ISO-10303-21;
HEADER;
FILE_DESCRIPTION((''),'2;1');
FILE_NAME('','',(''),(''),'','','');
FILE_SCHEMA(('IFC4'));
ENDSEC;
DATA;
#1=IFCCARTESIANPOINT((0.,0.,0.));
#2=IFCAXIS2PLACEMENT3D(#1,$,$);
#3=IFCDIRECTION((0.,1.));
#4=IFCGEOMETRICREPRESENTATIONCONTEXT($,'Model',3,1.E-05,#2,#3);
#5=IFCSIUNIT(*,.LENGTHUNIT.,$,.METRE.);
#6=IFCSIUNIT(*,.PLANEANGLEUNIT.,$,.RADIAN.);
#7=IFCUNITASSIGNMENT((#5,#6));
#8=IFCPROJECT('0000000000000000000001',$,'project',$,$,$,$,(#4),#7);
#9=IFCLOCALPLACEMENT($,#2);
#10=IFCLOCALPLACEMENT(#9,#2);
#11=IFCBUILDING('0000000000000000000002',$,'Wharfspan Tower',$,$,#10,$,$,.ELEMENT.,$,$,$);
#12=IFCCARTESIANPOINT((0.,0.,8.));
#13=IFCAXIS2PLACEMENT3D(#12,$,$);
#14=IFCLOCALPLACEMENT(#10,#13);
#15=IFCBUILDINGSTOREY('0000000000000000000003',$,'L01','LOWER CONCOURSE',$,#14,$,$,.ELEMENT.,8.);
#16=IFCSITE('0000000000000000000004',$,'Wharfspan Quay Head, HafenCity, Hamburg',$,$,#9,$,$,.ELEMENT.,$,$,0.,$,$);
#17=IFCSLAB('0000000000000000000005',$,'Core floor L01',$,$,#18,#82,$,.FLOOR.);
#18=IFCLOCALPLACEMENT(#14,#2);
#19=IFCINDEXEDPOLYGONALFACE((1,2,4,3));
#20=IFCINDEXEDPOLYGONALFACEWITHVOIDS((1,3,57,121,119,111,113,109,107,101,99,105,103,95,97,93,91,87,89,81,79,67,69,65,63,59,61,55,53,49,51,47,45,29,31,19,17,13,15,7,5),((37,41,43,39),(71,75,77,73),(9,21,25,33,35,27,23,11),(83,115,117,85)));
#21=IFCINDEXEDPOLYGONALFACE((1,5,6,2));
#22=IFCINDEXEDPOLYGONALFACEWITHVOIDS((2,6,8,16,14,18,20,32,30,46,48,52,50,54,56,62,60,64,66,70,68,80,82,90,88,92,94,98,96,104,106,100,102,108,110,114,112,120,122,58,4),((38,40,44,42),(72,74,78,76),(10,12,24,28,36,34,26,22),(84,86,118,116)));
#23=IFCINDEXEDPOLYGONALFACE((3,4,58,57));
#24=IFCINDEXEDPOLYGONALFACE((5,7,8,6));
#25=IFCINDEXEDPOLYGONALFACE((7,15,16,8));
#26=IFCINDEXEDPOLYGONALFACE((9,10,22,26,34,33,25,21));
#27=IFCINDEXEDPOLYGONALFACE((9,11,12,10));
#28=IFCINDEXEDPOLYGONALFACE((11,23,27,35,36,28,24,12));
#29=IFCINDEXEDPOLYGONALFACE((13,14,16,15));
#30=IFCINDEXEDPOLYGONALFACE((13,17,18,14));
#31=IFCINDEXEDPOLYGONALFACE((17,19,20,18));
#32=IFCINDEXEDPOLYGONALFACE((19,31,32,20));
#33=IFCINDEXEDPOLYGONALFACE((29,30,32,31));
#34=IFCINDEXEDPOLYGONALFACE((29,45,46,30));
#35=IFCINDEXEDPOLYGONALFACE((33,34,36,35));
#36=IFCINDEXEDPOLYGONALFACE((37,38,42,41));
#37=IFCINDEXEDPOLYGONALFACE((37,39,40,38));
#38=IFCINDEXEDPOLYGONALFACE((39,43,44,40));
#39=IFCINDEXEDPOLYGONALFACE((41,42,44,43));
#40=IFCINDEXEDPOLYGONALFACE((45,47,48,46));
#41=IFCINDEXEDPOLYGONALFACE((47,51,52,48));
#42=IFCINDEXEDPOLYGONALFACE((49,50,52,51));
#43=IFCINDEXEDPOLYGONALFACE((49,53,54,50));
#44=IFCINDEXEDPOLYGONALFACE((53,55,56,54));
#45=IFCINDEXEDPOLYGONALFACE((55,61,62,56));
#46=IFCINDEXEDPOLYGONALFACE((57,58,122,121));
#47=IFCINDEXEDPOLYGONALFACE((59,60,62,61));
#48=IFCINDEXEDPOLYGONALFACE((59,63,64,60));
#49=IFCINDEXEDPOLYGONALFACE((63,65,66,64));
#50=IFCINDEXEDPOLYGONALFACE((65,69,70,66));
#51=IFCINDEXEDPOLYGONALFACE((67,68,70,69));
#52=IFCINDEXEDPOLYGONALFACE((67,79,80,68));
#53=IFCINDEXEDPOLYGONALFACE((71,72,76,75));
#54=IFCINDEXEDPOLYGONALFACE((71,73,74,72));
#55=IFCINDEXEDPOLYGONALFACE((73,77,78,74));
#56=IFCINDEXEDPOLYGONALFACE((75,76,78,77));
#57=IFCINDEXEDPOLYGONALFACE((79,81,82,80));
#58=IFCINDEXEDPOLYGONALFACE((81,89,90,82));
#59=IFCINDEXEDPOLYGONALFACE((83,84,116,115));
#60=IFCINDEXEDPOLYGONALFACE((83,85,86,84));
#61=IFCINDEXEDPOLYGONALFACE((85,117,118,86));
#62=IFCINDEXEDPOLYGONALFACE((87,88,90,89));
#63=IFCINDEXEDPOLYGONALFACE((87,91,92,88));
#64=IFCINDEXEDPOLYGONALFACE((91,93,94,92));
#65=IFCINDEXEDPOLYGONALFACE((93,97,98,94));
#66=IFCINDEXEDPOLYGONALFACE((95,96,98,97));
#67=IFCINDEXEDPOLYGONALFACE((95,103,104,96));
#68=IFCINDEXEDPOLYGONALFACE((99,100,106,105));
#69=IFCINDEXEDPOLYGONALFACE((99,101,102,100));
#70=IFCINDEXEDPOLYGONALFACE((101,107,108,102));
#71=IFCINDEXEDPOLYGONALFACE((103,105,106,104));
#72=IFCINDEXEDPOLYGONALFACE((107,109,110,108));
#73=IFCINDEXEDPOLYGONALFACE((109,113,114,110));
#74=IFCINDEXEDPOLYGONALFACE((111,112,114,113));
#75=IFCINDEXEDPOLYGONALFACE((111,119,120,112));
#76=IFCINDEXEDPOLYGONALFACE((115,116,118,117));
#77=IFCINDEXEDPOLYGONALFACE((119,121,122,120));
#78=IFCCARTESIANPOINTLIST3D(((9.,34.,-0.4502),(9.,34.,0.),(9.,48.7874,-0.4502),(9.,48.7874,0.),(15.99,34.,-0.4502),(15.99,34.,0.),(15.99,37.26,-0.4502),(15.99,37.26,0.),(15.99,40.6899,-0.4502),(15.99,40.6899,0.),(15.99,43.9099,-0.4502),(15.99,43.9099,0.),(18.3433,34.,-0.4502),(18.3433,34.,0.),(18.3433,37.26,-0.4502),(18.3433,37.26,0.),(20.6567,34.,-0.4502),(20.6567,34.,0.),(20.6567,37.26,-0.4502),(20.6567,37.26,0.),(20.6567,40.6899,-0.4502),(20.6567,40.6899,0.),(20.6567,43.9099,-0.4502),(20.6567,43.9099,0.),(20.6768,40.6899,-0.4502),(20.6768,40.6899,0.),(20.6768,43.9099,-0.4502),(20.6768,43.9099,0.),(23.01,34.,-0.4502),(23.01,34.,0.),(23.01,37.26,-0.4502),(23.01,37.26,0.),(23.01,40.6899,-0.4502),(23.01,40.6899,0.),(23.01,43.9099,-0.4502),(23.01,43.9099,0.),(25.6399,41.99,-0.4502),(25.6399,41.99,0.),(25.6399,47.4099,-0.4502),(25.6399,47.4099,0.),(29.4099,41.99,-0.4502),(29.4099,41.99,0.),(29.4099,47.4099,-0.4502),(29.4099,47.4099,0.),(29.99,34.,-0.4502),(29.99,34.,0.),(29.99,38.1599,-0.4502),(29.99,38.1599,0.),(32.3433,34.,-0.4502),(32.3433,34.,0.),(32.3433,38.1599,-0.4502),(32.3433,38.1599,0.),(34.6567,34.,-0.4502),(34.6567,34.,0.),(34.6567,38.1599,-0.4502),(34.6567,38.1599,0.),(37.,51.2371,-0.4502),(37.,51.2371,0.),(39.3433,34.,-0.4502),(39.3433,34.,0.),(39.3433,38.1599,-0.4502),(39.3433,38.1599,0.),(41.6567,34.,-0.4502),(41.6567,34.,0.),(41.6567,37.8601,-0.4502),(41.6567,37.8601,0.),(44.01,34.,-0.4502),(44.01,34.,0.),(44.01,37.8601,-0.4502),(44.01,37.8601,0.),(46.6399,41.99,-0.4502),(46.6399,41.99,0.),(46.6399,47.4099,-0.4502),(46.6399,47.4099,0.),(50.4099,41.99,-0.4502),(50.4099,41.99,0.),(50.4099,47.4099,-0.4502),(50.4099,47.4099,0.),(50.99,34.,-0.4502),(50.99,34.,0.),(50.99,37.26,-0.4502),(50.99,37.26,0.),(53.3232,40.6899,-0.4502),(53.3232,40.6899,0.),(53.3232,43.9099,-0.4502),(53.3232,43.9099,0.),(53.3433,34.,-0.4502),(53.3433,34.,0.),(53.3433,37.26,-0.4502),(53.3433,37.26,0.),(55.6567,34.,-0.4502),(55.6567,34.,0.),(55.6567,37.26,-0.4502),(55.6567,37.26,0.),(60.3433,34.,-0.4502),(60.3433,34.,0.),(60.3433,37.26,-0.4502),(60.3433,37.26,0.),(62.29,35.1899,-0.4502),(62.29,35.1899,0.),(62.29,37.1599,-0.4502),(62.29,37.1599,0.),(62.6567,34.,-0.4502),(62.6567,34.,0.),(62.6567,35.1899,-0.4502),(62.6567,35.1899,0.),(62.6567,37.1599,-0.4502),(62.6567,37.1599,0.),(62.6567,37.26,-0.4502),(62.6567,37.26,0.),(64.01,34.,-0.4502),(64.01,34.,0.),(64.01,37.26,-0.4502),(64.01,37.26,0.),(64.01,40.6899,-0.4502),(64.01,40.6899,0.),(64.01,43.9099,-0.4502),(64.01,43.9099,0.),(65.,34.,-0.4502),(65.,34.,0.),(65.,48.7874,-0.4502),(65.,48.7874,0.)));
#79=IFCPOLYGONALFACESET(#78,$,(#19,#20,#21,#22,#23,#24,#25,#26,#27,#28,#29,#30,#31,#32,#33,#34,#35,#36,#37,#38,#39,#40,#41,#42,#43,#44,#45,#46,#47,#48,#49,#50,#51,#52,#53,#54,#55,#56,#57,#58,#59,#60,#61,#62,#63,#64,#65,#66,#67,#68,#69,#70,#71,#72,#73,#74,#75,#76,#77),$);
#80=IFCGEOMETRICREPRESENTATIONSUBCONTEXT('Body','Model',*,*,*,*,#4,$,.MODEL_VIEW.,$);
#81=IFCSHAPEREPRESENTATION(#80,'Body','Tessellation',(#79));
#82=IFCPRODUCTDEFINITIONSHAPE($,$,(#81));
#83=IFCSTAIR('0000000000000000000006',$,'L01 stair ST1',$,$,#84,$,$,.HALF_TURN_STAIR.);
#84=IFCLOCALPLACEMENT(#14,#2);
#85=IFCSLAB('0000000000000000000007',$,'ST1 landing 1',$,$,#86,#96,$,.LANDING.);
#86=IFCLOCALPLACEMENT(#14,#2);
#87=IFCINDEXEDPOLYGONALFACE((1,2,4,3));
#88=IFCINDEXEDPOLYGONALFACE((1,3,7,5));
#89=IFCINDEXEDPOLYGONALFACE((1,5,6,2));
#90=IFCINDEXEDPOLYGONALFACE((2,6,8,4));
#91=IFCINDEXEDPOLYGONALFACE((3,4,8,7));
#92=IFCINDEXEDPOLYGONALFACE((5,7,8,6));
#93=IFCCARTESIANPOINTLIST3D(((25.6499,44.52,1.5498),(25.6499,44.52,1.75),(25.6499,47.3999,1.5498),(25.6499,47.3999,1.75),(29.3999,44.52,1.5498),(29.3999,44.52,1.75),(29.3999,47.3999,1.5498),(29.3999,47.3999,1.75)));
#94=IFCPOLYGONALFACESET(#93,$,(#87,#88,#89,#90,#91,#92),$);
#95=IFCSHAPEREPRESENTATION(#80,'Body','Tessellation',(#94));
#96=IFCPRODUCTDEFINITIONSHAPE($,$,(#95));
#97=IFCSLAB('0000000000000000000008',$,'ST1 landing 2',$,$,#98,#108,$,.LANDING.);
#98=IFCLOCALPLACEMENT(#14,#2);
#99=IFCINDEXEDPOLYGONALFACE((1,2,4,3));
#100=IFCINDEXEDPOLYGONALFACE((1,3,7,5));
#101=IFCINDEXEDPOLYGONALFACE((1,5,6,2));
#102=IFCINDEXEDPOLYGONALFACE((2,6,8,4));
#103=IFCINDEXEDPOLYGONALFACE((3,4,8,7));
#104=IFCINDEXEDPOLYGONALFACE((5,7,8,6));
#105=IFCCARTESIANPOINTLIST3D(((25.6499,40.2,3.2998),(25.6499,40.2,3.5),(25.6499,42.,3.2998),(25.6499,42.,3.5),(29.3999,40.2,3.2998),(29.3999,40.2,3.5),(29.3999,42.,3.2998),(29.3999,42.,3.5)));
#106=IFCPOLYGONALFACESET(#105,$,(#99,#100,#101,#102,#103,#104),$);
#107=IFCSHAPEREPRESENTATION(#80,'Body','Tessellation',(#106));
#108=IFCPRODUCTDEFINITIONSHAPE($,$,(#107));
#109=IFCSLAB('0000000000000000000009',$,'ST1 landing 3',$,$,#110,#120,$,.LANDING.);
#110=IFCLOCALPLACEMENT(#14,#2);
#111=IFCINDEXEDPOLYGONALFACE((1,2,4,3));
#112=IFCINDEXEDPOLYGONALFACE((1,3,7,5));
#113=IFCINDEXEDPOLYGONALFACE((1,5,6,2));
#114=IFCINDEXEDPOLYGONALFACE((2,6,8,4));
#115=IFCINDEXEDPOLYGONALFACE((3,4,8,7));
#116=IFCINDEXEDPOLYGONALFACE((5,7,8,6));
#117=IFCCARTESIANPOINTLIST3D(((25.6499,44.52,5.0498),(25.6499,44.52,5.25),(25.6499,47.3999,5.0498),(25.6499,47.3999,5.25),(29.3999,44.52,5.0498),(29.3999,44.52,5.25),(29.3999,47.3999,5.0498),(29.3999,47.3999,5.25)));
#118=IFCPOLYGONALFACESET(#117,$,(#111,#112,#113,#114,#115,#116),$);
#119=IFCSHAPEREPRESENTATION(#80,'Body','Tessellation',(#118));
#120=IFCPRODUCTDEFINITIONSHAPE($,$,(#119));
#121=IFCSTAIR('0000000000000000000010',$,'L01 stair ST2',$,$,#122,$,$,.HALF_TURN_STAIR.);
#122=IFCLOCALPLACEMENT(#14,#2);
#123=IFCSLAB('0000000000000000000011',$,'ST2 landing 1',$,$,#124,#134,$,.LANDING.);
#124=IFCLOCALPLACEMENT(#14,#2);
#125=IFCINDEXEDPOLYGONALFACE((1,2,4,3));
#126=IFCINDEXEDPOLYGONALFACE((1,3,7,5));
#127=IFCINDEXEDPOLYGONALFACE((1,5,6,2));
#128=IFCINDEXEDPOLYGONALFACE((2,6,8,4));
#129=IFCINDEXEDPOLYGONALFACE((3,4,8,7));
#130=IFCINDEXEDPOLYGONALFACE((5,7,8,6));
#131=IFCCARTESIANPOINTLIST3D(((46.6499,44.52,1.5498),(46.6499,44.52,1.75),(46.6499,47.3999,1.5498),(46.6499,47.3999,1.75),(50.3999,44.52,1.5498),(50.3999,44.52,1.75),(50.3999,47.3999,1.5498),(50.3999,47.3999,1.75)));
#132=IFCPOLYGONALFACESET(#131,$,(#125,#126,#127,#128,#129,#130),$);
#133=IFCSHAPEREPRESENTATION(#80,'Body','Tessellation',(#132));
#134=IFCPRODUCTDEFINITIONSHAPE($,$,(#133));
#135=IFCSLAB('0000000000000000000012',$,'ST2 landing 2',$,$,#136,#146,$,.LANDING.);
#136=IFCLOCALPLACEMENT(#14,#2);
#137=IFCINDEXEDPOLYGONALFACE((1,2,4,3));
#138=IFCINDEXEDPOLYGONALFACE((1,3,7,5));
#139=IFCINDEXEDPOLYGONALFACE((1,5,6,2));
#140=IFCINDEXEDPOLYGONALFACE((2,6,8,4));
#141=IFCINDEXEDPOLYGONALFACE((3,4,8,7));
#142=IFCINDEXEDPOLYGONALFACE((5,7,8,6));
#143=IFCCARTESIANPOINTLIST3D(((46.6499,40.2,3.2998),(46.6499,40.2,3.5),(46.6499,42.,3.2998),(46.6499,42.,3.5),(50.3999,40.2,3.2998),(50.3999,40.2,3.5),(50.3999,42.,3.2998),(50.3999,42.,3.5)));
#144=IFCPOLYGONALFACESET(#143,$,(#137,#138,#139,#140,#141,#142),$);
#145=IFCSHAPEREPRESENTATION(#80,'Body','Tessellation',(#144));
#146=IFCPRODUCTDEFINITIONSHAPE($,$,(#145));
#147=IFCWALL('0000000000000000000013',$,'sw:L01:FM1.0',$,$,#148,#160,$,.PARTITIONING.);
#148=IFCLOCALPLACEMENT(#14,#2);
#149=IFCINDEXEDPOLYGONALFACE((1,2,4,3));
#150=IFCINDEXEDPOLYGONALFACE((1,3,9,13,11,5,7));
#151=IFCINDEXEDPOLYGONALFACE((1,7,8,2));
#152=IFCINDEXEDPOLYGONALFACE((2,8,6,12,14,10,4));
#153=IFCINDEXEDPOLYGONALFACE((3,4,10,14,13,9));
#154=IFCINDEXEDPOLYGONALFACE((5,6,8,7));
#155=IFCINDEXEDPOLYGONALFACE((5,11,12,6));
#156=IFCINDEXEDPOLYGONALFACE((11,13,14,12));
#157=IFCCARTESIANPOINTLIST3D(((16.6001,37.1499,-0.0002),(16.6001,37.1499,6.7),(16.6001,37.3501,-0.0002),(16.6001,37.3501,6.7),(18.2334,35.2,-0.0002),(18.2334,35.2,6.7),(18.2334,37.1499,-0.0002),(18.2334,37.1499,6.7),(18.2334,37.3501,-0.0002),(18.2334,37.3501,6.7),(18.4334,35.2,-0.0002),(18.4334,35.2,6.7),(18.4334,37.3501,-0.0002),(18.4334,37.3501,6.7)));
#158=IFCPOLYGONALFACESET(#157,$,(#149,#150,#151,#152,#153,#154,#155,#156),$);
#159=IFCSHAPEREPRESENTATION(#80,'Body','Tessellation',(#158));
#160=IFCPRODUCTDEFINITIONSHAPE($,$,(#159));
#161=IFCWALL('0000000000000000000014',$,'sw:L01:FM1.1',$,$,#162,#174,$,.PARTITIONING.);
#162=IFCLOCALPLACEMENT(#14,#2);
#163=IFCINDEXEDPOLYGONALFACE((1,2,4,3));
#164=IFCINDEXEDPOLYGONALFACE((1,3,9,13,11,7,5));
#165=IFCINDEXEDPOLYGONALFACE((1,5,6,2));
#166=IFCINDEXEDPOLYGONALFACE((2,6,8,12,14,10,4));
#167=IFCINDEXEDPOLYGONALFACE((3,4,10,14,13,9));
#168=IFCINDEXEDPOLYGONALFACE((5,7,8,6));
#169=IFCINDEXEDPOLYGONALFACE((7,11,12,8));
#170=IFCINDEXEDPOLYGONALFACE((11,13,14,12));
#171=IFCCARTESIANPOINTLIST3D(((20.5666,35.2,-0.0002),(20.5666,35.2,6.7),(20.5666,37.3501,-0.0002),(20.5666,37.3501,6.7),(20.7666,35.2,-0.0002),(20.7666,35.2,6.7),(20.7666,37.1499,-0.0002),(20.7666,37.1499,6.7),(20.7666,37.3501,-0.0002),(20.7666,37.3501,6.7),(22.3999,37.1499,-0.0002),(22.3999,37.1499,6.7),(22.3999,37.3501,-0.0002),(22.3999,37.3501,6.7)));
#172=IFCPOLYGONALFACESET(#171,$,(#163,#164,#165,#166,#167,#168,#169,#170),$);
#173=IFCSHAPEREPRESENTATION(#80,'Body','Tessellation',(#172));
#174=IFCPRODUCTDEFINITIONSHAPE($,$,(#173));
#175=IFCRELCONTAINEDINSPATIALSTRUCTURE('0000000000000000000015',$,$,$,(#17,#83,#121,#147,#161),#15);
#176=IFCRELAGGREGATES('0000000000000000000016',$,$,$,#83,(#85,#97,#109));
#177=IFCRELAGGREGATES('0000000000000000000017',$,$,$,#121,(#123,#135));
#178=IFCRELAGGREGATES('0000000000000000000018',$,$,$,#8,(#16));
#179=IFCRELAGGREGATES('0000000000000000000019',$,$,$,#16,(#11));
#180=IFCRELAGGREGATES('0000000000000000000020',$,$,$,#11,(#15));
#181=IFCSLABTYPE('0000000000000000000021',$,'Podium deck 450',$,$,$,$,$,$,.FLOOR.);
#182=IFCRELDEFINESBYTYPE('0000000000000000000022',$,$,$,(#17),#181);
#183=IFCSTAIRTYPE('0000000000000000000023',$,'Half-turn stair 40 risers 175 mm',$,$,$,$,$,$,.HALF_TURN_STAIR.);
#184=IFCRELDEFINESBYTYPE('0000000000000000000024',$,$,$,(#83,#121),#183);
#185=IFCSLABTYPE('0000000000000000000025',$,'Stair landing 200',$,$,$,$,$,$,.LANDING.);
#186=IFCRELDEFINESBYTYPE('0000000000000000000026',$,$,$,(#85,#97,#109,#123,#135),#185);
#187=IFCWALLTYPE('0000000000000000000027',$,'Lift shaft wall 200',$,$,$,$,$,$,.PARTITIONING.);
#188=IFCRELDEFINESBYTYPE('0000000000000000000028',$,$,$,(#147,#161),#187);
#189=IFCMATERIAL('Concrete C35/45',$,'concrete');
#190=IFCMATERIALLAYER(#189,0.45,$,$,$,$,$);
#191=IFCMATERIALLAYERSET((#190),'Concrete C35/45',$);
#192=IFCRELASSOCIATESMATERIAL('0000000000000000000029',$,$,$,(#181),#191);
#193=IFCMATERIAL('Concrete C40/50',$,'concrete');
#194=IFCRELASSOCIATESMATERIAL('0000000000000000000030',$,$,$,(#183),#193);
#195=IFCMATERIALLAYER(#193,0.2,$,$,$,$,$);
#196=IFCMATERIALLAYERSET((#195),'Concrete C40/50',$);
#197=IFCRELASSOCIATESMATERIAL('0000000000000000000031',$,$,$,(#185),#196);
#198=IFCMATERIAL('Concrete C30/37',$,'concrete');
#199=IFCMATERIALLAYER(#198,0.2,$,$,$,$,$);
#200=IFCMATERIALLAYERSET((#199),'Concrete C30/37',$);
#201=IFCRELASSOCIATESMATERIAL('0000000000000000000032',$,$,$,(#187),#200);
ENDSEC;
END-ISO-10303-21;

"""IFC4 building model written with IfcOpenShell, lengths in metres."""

from ifc_helpers import new_model, si_unit, direction, frame, origin, place, context, subcontext, project, spatial, polyline, outline, extrude, material, layer, layer_set, type_object, element, aggregate, save


model = new_model("IFC4")

# Units and contexts
model_context = context("Model", 3, precision=1e-05, world=origin(), true_north=direction((0.0, 1.0)))
body_context = subcontext(model_context, "Body", "Model", "MODEL_VIEW")
ifc_project = project(units=[si_unit("LENGTHUNIT", "METRE"), si_unit("PLANEANGLEUNIT", "RADIAN")], contexts=[model_context])

# Site, building, storey
site_placement = place(None, origin())
site = spatial("IfcSite", under=ifc_project, at=site_placement, Name="Wharfspan Quay Head, HafenCity, Hamburg", CompositionType="ELEMENT", RefElevation=0.0)
building_placement = place(site_placement, origin())
building = spatial("IfcBuilding", under=site, at=building_placement, Name="Wharfspan Tower", CompositionType="ELEMENT")
storey_placement = place(building_placement, frame((0.0, 0.0, 8.0)))
storey = spatial("IfcBuildingStorey", under=building, at=storey_placement, Name="L01", Description="LOWER CONCOURSE", CompositionType="ELEMENT", Elevation=8.0)

# Slab
ifc_material_1 = material(Name="Concrete C35/45", Category="concrete")
ifc_layer_1 = layer(ifc_material_1, 0.45)
ifc_layer_set_1 = layer_set([ifc_layer_1], Name="Concrete C35/45")
slab_type_1 = type_object("IfcSlabType", Name="Podium deck 450", PredefinedType="FLOOR", material=ifc_layer_set_1)
slab_1_placement = place(storey_placement, frame((0.0, 0.0, -0.4502)))
element("IfcSlab", 1, at=slab_1_placement, inside=storey, type_object=slab_type_1, Name="Core floor L01", PredefinedType="FLOOR", context=body_context, shape_type="SweptSolid", body=[
    extrude(outline(polyline([(65.0, 48.7874), (65.0, 34.0), (64.01, 34.0), (64.01, 37.26), (62.6567, 37.26), (62.6567, 37.1599), (62.29, 37.1599), (62.29, 35.1899), (62.6567, 35.1899), (62.6567, 34.0), (60.3433, 34.0), (60.3433, 37.26), (55.6567, 37.26), (55.6567, 34.0), (53.3433, 34.0), (53.3433, 37.26), (50.99, 37.26), (50.99, 34.0), (44.01, 34.0), (44.01, 37.8601), (41.6567, 37.8601), (41.6567, 34.0), (39.3433, 34.0), (39.3433, 38.1599), (34.6567, 38.1599), (34.6567, 34.0), (32.3433, 34.0), (32.3433, 38.1599), (29.99, 38.1599), (29.99, 34.0), (23.01, 34.0), (23.01, 37.26), (20.6567, 37.26), (20.6567, 34.0), (18.3433, 34.0), (18.3433, 37.26), (15.99, 37.26), (15.99, 34.0), (9.0, 34.0), (9.0, 48.7874), (37.0, 51.2371), (65.0, 48.7874)]), holes=[polyline([(53.3232, 43.9099), (53.3232, 40.6899), (64.01, 40.6899), (64.01, 43.9099), (53.3232, 43.9099)]), polyline([(50.4099, 41.99), (50.4099, 47.4099), (46.6399, 47.4099), (46.6399, 41.99), (50.4099, 41.99)]), polyline([(29.4099, 41.99), (29.4099, 47.4099), (25.6399, 47.4099), (25.6399, 41.99), (29.4099, 41.99)]), polyline([(20.6768, 40.6899), (23.01, 40.6899), (23.01, 43.9099), (20.6768, 43.9099), (20.6567, 43.9099), (15.99, 43.9099), (15.99, 40.6899), (20.6567, 40.6899), (20.6768, 40.6899)])]), origin(), (0.0, 0.0, 1.0), 0.4502),
])

# Stairs, slabs
ifc_material_2 = material(Name="Concrete C40/50", Category="concrete")
stair_type = type_object("IfcStairType", Name="Half-turn stair 40 risers 175 mm", PredefinedType="HALF_TURN_STAIR", material=ifc_material_2)
stair_1_placement = place(storey_placement, origin())
stair_1 = element("IfcStair", 2, at=stair_1_placement, inside=storey, type_object=stair_type, Name="L01 stair ST1", PredefinedType="HALF_TURN_STAIR")
ifc_layer_2 = layer(ifc_material_2, 0.2)
ifc_layer_set_2 = layer_set([ifc_layer_2], Name="Concrete C40/50")
slab_type_2 = type_object("IfcSlabType", Name="Stair landing 200", PredefinedType="LANDING", material=ifc_layer_set_2)
slab_2_placement = place(storey_placement, frame((0.0, 0.0, 1.5498)))
slab_2 = element("IfcSlab", 3, at=slab_2_placement, type_object=slab_type_2, Name="ST1 landing 1", PredefinedType="LANDING", context=body_context, shape_type="SweptSolid", body=[
    extrude(outline(polyline([(29.3999, 44.52), (29.3999, 47.3999), (25.6499, 47.3999), (25.6499, 44.52), (29.3999, 44.52)])), origin(), (0.0, 0.0, 1.0), 0.2002),
])
slab_3_placement = place(storey_placement, frame((0.0, 0.0, 3.2998)))
slab_3 = element("IfcSlab", 4, at=slab_3_placement, type_object=slab_type_2, Name="ST1 landing 2", PredefinedType="LANDING", context=body_context, shape_type="SweptSolid", body=[
    extrude(outline(polyline([(29.3999, 40.2), (29.3999, 42.0), (25.6499, 42.0), (25.6499, 40.2), (29.3999, 40.2)])), origin(), (0.0, 0.0, 1.0), 0.2002),
])
slab_4_placement = place(storey_placement, frame((0.0, 0.0, 5.0498)))
slab_4 = element("IfcSlab", 5, at=slab_4_placement, type_object=slab_type_2, Name="ST1 landing 3", PredefinedType="LANDING", context=body_context, shape_type="SweptSolid", body=[
    extrude(outline(polyline([(29.3999, 44.52), (29.3999, 47.3999), (25.6499, 47.3999), (25.6499, 44.52), (29.3999, 44.52)])), origin(), (0.0, 0.0, 1.0), 0.2002),
])
aggregate(stair_1, [slab_2, slab_3, slab_4])
stair_2_placement = place(storey_placement, origin())
stair_2 = element("IfcStair", 6, at=stair_2_placement, inside=storey, type_object=stair_type, Name="L01 stair ST2", PredefinedType="HALF_TURN_STAIR")
slab_5_placement = place(storey_placement, frame((0.0, 0.0, 1.5498)))
slab_5 = element("IfcSlab", 7, at=slab_5_placement, type_object=slab_type_2, Name="ST2 landing 1", PredefinedType="LANDING", context=body_context, shape_type="SweptSolid", body=[
    extrude(outline(polyline([(50.3999, 44.52), (50.3999, 47.3999), (46.6499, 47.3999), (46.6499, 44.52), (50.3999, 44.52)])), origin(), (0.0, 0.0, 1.0), 0.2002),
])
slab_6_placement = place(storey_placement, frame((0.0, 0.0, 3.2998)))
slab_6 = element("IfcSlab", 8, at=slab_6_placement, type_object=slab_type_2, Name="ST2 landing 2", PredefinedType="LANDING", context=body_context, shape_type="SweptSolid", body=[
    extrude(outline(polyline([(50.3999, 40.2), (50.3999, 42.0), (46.6499, 42.0), (46.6499, 40.2), (50.3999, 40.2)])), origin(), (0.0, 0.0, 1.0), 0.2002),
])
aggregate(stair_2, [slab_5, slab_6])

# Walls
ifc_material_3 = material(Name="Concrete C30/37", Category="concrete")
ifc_layer_3 = layer(ifc_material_3, 0.2)
ifc_layer_set_3 = layer_set([ifc_layer_3], Name="Concrete C30/37")
wall_type_1 = type_object("IfcWallType", Name="Lift shaft wall 200", PredefinedType="PARTITIONING", material=ifc_layer_set_3)
wall_1_placement = place(storey_placement, frame((0.0, 0.0, -0.0002)))
element("IfcWall", 9, at=wall_1_placement, inside=storey, type_object=wall_type_1, Name="sw:L01:FM1.0", PredefinedType="PARTITIONING", context=body_context, shape_type="SweptSolid", body=[
    extrude(outline(polyline([(18.2334, 37.1499), (16.6001, 37.1499), (16.6001, 37.3501), (18.2334, 37.3501), (18.4334, 37.3501), (18.4334, 35.2), (18.2334, 35.2), (18.2334, 37.1499)])), origin(), (0.0, 0.0, 1.0), 6.7002),
])
wall_2_placement = place(storey_placement, frame((0.0, 0.0, -0.0002)))
element("IfcWall", 10, at=wall_2_placement, inside=storey, type_object=wall_type_1, Name="sw:L01:FM1.1", PredefinedType="PARTITIONING", context=body_context, shape_type="SweptSolid", body=[
    extrude(outline(polyline([(20.5666, 37.3501), (20.7666, 37.3501), (22.3999, 37.3501), (22.3999, 37.1499), (20.7666, 37.1499), (20.7666, 35.2), (20.5666, 35.2), (20.5666, 37.3501)])), origin(), (0.0, 0.0, 1.0), 6.7002),
])

save(model, "model.ifc")
